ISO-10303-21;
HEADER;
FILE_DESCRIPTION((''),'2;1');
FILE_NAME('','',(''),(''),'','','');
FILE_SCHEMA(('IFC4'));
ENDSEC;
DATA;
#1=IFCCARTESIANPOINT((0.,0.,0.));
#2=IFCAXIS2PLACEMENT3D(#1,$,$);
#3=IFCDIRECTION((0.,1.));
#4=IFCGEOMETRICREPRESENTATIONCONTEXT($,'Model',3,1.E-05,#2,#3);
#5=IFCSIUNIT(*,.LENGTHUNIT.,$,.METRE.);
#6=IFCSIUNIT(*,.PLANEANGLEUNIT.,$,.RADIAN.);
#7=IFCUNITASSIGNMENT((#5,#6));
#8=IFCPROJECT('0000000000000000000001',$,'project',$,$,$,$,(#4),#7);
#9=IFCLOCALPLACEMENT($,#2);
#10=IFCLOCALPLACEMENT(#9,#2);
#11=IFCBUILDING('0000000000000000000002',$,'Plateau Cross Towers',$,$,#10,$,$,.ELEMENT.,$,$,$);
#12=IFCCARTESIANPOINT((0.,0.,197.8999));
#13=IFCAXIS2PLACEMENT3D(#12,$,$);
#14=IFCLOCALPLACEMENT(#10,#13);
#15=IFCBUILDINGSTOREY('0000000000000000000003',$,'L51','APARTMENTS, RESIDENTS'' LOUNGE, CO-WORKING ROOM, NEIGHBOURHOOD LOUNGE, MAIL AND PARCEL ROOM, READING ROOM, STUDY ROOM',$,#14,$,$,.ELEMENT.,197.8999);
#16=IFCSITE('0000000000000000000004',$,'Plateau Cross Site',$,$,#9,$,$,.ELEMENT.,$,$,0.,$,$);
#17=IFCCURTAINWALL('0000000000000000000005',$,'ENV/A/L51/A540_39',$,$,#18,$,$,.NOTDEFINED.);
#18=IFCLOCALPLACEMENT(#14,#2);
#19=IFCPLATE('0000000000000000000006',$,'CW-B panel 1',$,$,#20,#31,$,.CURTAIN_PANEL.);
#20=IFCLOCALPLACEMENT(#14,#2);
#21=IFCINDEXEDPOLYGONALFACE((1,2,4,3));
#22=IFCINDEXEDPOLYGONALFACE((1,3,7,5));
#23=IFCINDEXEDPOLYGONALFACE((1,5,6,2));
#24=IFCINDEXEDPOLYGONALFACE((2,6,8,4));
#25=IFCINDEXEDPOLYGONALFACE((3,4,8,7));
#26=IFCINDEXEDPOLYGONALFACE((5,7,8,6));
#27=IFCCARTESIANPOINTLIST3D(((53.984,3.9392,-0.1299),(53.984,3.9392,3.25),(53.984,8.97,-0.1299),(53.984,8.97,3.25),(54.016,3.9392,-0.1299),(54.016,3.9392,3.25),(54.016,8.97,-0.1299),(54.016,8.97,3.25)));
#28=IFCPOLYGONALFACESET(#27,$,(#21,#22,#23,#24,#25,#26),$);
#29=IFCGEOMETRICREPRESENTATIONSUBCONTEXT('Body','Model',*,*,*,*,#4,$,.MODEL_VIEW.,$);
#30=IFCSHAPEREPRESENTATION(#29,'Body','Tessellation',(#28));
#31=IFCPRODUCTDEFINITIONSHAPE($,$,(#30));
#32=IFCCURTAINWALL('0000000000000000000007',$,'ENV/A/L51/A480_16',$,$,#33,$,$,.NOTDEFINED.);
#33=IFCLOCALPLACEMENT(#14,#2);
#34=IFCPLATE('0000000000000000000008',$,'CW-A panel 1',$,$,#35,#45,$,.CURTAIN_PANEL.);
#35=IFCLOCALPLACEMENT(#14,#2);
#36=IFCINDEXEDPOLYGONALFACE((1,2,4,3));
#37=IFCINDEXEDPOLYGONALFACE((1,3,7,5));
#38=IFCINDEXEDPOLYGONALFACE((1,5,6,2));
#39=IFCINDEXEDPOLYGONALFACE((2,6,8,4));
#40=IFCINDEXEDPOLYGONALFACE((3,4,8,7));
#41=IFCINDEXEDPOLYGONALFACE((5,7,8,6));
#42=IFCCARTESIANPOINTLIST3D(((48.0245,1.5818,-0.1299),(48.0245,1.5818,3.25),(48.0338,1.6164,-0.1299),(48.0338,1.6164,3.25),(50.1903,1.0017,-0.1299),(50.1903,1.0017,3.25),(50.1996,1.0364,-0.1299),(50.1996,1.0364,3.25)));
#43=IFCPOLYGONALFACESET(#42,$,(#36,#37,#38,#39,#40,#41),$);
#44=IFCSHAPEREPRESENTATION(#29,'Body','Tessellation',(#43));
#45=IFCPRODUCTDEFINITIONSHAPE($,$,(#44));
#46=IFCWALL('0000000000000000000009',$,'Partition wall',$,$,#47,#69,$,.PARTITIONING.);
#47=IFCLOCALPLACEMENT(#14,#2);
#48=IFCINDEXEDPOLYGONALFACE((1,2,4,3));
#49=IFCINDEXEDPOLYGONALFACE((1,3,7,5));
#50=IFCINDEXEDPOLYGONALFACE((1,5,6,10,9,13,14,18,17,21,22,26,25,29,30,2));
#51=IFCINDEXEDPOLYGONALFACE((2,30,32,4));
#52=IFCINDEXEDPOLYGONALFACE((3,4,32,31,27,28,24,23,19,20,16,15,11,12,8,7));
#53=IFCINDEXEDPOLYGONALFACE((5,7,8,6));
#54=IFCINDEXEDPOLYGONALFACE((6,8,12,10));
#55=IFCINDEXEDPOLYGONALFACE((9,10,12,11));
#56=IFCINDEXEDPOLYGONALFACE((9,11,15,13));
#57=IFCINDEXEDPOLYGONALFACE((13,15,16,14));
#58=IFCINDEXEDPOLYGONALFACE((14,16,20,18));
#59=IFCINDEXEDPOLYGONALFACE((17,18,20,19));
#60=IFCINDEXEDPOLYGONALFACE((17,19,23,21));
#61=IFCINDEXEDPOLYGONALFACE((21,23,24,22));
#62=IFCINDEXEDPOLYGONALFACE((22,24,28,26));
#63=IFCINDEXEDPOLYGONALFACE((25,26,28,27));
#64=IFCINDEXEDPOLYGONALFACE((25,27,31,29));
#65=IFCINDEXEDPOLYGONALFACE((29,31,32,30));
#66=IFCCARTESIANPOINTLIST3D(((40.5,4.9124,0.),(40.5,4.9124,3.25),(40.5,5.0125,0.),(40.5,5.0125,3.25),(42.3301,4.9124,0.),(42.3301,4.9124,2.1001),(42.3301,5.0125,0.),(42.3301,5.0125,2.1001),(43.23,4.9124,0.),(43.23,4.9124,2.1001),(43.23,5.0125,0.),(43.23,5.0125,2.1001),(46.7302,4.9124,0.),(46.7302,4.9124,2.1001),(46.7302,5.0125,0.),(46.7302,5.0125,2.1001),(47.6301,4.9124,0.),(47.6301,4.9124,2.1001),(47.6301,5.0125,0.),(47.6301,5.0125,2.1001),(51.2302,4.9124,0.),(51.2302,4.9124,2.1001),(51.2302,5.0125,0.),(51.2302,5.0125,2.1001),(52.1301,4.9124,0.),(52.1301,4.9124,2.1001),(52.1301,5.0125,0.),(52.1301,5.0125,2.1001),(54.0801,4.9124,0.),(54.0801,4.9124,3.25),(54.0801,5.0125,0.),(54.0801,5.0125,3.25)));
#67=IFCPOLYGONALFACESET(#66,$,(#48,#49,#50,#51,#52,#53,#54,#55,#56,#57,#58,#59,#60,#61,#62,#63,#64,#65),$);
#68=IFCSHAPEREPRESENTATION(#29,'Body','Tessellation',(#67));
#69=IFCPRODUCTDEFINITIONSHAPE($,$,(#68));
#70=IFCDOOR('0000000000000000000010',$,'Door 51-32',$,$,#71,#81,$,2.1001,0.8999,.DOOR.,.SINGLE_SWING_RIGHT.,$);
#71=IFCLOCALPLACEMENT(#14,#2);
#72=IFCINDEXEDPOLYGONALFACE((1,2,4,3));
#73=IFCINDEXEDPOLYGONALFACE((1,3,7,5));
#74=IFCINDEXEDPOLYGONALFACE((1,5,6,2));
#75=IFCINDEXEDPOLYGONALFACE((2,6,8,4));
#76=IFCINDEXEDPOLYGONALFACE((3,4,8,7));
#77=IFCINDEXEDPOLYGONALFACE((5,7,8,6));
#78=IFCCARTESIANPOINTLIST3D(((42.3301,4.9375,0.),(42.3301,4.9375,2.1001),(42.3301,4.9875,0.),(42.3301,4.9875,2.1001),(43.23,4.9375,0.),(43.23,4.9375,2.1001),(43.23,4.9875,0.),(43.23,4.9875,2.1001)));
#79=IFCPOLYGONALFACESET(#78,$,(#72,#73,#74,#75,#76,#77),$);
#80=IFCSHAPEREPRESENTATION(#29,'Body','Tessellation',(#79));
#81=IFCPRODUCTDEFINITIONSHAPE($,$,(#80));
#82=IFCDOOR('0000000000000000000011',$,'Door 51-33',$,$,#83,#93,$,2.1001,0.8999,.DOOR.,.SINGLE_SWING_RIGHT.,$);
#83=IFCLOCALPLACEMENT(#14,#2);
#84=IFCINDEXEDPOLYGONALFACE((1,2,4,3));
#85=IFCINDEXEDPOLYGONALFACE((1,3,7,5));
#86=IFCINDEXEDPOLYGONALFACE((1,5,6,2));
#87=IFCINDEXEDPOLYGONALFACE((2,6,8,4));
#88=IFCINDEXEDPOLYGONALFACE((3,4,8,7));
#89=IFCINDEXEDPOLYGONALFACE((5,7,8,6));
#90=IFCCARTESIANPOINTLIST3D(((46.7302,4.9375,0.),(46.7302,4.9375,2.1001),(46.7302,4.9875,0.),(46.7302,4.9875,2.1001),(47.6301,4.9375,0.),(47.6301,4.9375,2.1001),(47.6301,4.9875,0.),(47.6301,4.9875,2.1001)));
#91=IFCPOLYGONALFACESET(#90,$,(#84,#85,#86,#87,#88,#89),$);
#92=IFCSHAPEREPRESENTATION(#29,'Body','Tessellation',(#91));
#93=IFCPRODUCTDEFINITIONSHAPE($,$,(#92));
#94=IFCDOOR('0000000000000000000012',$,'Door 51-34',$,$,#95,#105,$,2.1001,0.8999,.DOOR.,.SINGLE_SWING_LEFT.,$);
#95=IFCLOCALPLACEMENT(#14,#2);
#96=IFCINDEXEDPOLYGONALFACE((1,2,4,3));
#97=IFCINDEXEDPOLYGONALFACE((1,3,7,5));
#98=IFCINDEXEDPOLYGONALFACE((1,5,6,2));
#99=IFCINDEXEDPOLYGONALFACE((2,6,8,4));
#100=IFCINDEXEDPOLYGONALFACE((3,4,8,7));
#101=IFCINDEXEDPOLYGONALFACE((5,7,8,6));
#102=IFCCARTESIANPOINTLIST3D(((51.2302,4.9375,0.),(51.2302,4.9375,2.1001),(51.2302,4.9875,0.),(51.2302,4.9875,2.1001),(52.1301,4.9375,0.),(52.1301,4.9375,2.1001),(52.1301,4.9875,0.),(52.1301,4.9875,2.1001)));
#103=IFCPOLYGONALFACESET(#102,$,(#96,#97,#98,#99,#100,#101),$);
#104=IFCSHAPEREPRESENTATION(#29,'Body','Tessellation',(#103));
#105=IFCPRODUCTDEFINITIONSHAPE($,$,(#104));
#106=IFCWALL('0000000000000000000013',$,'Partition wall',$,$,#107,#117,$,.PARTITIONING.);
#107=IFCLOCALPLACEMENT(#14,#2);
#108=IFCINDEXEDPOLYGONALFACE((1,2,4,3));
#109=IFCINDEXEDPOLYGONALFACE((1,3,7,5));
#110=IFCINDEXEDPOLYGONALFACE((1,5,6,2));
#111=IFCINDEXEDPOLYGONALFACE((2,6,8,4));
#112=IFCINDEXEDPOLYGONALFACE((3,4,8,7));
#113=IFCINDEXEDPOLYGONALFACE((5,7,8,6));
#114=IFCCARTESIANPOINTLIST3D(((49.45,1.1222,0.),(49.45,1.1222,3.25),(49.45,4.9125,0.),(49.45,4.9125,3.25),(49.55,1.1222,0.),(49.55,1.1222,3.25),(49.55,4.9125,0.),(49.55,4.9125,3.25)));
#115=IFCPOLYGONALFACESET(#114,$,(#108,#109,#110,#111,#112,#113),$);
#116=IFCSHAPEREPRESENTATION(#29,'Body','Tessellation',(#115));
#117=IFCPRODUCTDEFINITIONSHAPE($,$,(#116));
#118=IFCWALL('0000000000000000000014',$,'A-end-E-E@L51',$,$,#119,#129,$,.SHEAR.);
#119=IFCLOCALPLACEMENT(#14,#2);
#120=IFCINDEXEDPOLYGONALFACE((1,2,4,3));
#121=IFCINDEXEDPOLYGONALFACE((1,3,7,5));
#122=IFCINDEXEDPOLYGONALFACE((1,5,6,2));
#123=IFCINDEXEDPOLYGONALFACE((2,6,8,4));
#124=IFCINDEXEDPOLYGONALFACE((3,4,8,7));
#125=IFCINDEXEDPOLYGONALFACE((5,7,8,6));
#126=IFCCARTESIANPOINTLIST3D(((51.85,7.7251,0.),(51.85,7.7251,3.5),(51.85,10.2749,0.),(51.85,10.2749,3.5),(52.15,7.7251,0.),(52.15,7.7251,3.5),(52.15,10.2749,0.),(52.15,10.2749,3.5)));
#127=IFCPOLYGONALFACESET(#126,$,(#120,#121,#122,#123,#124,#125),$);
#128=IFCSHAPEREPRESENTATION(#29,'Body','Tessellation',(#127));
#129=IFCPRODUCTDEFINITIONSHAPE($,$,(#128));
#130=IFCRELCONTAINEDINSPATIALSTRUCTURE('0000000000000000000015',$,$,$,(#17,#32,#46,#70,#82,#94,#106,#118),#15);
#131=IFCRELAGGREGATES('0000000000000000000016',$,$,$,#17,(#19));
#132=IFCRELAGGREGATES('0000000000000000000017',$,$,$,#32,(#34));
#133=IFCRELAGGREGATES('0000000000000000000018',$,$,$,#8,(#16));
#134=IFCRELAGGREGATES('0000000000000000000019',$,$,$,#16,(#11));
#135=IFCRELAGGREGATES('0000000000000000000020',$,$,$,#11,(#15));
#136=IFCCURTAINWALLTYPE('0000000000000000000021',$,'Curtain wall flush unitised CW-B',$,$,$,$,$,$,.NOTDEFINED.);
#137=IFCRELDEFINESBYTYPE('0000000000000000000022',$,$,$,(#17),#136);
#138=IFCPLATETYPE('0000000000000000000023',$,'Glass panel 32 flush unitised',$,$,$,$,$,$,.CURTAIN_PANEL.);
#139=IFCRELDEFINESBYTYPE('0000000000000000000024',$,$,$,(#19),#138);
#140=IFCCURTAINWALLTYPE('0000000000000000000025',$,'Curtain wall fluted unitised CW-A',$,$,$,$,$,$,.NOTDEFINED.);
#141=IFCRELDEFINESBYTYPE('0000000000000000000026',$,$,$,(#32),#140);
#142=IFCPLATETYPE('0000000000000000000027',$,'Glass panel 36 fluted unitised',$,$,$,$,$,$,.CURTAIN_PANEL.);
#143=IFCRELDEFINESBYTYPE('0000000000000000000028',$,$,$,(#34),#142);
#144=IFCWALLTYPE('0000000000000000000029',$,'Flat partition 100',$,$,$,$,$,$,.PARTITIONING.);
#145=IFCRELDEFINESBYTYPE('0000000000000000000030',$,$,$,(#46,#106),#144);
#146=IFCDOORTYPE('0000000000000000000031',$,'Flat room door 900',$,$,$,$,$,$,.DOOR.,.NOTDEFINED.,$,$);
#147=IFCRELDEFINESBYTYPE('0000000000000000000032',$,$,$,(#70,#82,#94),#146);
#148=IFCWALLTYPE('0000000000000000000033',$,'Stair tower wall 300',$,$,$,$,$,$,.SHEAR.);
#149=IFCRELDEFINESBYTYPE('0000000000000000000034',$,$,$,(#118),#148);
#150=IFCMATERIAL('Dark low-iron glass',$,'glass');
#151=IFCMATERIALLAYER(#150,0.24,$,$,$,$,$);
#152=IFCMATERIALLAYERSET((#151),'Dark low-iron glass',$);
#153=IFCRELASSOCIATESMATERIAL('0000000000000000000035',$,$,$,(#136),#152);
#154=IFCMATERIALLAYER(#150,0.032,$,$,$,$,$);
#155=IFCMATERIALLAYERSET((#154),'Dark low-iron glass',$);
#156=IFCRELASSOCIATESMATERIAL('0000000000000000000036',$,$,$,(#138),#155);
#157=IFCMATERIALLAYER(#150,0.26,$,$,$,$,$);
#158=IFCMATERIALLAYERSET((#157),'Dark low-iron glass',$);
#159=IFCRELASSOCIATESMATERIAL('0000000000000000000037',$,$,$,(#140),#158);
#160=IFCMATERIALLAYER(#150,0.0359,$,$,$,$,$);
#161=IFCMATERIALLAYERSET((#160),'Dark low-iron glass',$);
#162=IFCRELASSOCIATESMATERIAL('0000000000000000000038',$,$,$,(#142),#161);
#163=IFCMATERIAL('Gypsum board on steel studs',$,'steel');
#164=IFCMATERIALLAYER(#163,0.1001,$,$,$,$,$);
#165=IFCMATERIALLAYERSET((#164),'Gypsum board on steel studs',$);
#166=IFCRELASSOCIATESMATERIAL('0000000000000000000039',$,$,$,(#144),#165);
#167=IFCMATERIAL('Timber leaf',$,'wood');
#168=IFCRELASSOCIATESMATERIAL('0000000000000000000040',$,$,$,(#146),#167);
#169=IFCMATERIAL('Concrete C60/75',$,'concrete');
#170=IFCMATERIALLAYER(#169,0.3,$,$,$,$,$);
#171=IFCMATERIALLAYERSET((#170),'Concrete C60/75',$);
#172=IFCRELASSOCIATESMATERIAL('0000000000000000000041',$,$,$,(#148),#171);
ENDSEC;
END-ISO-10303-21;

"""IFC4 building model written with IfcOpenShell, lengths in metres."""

from ifc_helpers import new_model, si_unit, direction, frame, frame_2d, origin, origin_2d, place, context, subcontext, project, spatial, rectangle, extrude, material, layer, layer_set, type_object, element, fill, aggregate, save


model = new_model("IFC4")

# Units and contexts
model_context = context("Model", 3, precision=1e-05, world=origin(), true_north=direction((0.0, 1.0)))
body_context = subcontext(model_context, "Body", "Model", "MODEL_VIEW")
ifc_project = project(units=[si_unit("LENGTHUNIT", "METRE"), si_unit("PLANEANGLEUNIT", "RADIAN")], contexts=[model_context])

# Site, building, storey
site_placement = place(None, origin())
site = spatial("IfcSite", under=ifc_project, at=site_placement, Name="Plateau Cross Site", CompositionType="ELEMENT", RefElevation=0.0)
building_placement = place(site_placement, origin())
building = spatial("IfcBuilding", under=site, at=building_placement, Name="Plateau Cross Towers", CompositionType="ELEMENT")
storey_placement = place(building_placement, frame((0.0, 0.0, 197.8999)))
storey = spatial("IfcBuildingStorey", under=building, at=storey_placement, Name="L51", Description="APARTMENTS, RESIDENTS' LOUNGE, CO-WORKING ROOM, NEIGHBOURHOOD LOUNGE, MAIL AND PARCEL ROOM, READING ROOM, STUDY ROOM", CompositionType="ELEMENT", Elevation=197.8999)

# Shared definitions
ifc_material_1 = material(Name="Concrete C60/75", Category="concrete")

# Shared definitions
ifc_material_2 = material(Name="Dark low-iron glass", Category="glass")
ifc_layer_1 = layer(ifc_material_2, 0.24)
ifc_layer_set_1 = layer_set([ifc_layer_1], Name="Dark low-iron glass")
curtain_wall_type_1 = type_object("IfcCurtainWallType", Name="Curtain wall flush unitised CW-B", PredefinedType="NOTDEFINED", material=ifc_layer_set_1)

# Curtain wall
curtain_wall_1_placement = place(storey_placement, origin())
curtain_wall_1 = element("IfcCurtainWall", 1, at=curtain_wall_1_placement, inside=storey, type_object=curtain_wall_type_1, Name="ENV/A/L51/A540_39", PredefinedType="NOTDEFINED")

# Plate
ifc_layer_2 = layer(ifc_material_2, 0.032)
ifc_layer_set_2 = layer_set([ifc_layer_2], Name="Dark low-iron glass")
plate_type_1 = type_object("IfcPlateType", Name="Glass panel 32 flush unitised", PredefinedType="CURTAIN_PANEL", material=ifc_layer_set_2)
plate_1_placement = place(storey_placement, frame((54.0, 6.4546, -0.1299), z_axis=(0.0, 0.0, 1.0), x_axis=(0.0, 1.0, 0.0)))
plate_1 = element("IfcPlate", 2, at=plate_1_placement, type_object=plate_type_1, Name="CW-B panel 1", PredefinedType="CURTAIN_PANEL", context=body_context, shape_type="SweptSolid", body=[
    extrude(rectangle(XDim=5.0308, YDim=0.032, at=origin_2d()), origin(), (0.0, 0.0, 1.0), 3.3799),
])
aggregate(curtain_wall_1, [plate_1])

# Curtain wall, plate
ifc_layer_3 = layer(ifc_material_2, 0.26)
ifc_layer_set_3 = layer_set([ifc_layer_3], Name="Dark low-iron glass")
curtain_wall_type_2 = type_object("IfcCurtainWallType", Name="Curtain wall fluted unitised CW-A", PredefinedType="NOTDEFINED", material=ifc_layer_set_3)
curtain_wall_2_placement = place(storey_placement, origin())
curtain_wall_2 = element("IfcCurtainWall", 3, at=curtain_wall_2_placement, inside=storey, type_object=curtain_wall_type_2, Name="ENV/A/L51/A480_16", PredefinedType="NOTDEFINED")
ifc_layer_4 = layer(ifc_material_2, 0.0359)
ifc_layer_set_4 = layer_set([ifc_layer_4], Name="Dark low-iron glass")
plate_type_2 = type_object("IfcPlateType", Name="Glass panel 36 fluted unitised", PredefinedType="CURTAIN_PANEL", material=ifc_layer_set_4)
plate_2_placement = place(storey_placement, frame((49.1121, 1.3091, -0.1299), z_axis=(0.0, 0.0, 1.0), x_axis=(0.965958, -0.258699, 0.0)))
plate_2 = element("IfcPlate", 4, at=plate_2_placement, type_object=plate_type_2, Name="CW-A panel 1", PredefinedType="CURTAIN_PANEL", context=body_context, shape_type="SweptSolid", body=[
    extrude(rectangle(XDim=2.2422, YDim=0.0359, at=origin_2d()), origin(), (0.0, 0.0, 1.0), 3.3799),
])
aggregate(curtain_wall_2, [plate_2])

# Wall, openings, doors
ifc_material_3 = material(Name="Gypsum board on steel studs", Category="steel")
ifc_layer_5 = layer(ifc_material_3, 0.1001)
ifc_layer_set_5 = layer_set([ifc_layer_5], Name="Gypsum board on steel studs")
wall_type_1 = type_object("IfcWallType", Name="Flat partition 100", PredefinedType="PARTITIONING", material=ifc_layer_set_5)
wall_1_placement = place(storey_placement, frame((54.0801, 4.9624, 0.0), z_axis=(0.0, 0.0, 1.0), x_axis=(-1.0, 0.0, 0.0)))
wall_1 = element("IfcWall", 5, at=wall_1_placement, inside=storey, type_object=wall_type_1, Name="Partition wall", PredefinedType="PARTITIONING", context=body_context, shape_type="SweptSolid", body=[
    extrude(rectangle(XDim=13.5801, YDim=0.1001, at=frame_2d((6.79, 0.0))), origin(), (0.0, 0.0, 1.0), 3.25),
])
opening_1_placement = place(wall_1_placement, frame((10.8501, 0.0, 0.0)))
opening_1 = element("IfcOpeningElement", 6, at=opening_1_placement, cuts=wall_1, PredefinedType="OPENING", context=body_context, shape_type="SweptSolid", body=[
    extrude(rectangle(XDim=0.8999, YDim=2.1001, at=frame_2d((0.45, 1.05))), frame((0.0, 0.0601, 0.0), z_axis=(0.0, -1.0, 0.0), x_axis=(1.0, 0.0, 0.0)), (0.0, 0.0, 1.0), 0.1201),
])
opening_2_placement = place(wall_1_placement, frame((6.45, 0.0, 0.0)))
opening_2 = element("IfcOpeningElement", 7, at=opening_2_placement, cuts=wall_1, PredefinedType="OPENING", context=body_context, shape_type="SweptSolid", body=[
    extrude(rectangle(XDim=0.8999, YDim=2.1001, at=frame_2d((0.45, 1.05))), frame((0.0, 0.0601, 0.0), z_axis=(0.0, -1.0, 0.0), x_axis=(1.0, 0.0, 0.0)), (0.0, 0.0, 1.0), 0.1201),
])
opening_3_placement = place(wall_1_placement, frame((1.95, 0.0, 0.0)))
opening_3 = element("IfcOpeningElement", 8, at=opening_3_placement, cuts=wall_1, PredefinedType="OPENING", context=body_context, shape_type="SweptSolid", body=[
    extrude(rectangle(XDim=0.8999, YDim=2.1001, at=frame_2d((0.45, 1.05))), frame((0.0, 0.0601, 0.0), z_axis=(0.0, -1.0, 0.0), x_axis=(1.0, 0.0, 0.0)), (0.0, 0.0, 1.0), 0.1201),
])
ifc_material_4 = material(Name="Timber leaf", Category="wood")
door_type = type_object("IfcDoorType", Name="Flat room door 900", OperationType="NOTDEFINED", PredefinedType="DOOR", material=ifc_material_4)
door_1_placement = place(opening_1_placement, origin())
door_1 = element("IfcDoor", 9, at=door_1_placement, inside=storey, type_object=door_type, Name="Door 51-32", OperationType="SINGLE_SWING_RIGHT", OverallHeight=2.1001, OverallWidth=0.8999, PredefinedType="DOOR", context=body_context, shape_type="SweptSolid", body=[
    extrude(rectangle(XDim=0.8999, YDim=2.1001, at=frame_2d((0.45, 1.05))), frame((0.0, 0.0249, 0.0), z_axis=(0.0, -1.0, 0.0), x_axis=(1.0, 0.0, 0.0)), (0.0, 0.0, 1.0), 0.05),
])
fill(opening_1, door_1)
door_2_placement = place(opening_2_placement, origin())
door_2 = element("IfcDoor", 10, at=door_2_placement, inside=storey, type_object=door_type, Name="Door 51-33", OperationType="SINGLE_SWING_RIGHT", OverallHeight=2.1001, OverallWidth=0.8999, PredefinedType="DOOR", context=body_context, shape_type="SweptSolid", body=[
    extrude(rectangle(XDim=0.8999, YDim=2.1001, at=frame_2d((0.45, 1.05))), frame((0.0, 0.0249, 0.0), z_axis=(0.0, -1.0, 0.0), x_axis=(1.0, 0.0, 0.0)), (0.0, 0.0, 1.0), 0.05),
])
fill(opening_2, door_2)
door_3_placement = place(opening_3_placement, origin())
door_3 = element("IfcDoor", 11, at=door_3_placement, inside=storey, type_object=door_type, Name="Door 51-34", OperationType="SINGLE_SWING_LEFT", OverallHeight=2.1001, OverallWidth=0.8999, PredefinedType="DOOR", context=body_context, shape_type="SweptSolid", body=[
    extrude(rectangle(XDim=0.8999, YDim=2.1001, at=frame_2d((0.45, 1.05))), frame((0.0, 0.0249, 0.0), z_axis=(0.0, -1.0, 0.0), x_axis=(1.0, 0.0, 0.0)), (0.0, 0.0, 1.0), 0.05),
])
fill(opening_3, door_3)

# Walls
wall_2_placement = place(storey_placement, frame((49.5, 1.1223, 0.0), z_axis=(0.0, 0.0, 1.0), x_axis=(0.0, 1.0, 0.0)))
element("IfcWall", 12, at=wall_2_placement, inside=storey, type_object=wall_type_1, Name="Partition wall", PredefinedType="PARTITIONING", context=body_context, shape_type="SweptSolid", body=[
    extrude(rectangle(XDim=3.7903, YDim=0.1001, at=frame_2d((1.895, 0.0))), origin(), (0.0, 0.0, 1.0), 3.25),
])
ifc_layer_6 = layer(ifc_material_1, 0.3)
ifc_layer_set_6 = layer_set([ifc_layer_6], Name="Concrete C60/75")
wall_type_2 = type_object("IfcWallType", Name="Stair tower wall 300", PredefinedType="SHEAR", material=ifc_layer_set_6)
wall_3_placement = place(storey_placement, frame((52.0, 7.7251, 0.0), z_axis=(0.0, 0.0, 1.0), x_axis=(0.0, 1.0, 0.0)))
element("IfcWall", 13, at=wall_3_placement, inside=storey, type_object=wall_type_2, Name="A-end-E-E@L51", PredefinedType="SHEAR", context=body_context, shape_type="SweptSolid", body=[
    extrude(rectangle(XDim=2.5498, YDim=0.3, at=frame_2d((1.2749, 0.0))), origin(), (0.0, 0.0, 1.0), 3.5),
])

save(model, "model.ifc")
